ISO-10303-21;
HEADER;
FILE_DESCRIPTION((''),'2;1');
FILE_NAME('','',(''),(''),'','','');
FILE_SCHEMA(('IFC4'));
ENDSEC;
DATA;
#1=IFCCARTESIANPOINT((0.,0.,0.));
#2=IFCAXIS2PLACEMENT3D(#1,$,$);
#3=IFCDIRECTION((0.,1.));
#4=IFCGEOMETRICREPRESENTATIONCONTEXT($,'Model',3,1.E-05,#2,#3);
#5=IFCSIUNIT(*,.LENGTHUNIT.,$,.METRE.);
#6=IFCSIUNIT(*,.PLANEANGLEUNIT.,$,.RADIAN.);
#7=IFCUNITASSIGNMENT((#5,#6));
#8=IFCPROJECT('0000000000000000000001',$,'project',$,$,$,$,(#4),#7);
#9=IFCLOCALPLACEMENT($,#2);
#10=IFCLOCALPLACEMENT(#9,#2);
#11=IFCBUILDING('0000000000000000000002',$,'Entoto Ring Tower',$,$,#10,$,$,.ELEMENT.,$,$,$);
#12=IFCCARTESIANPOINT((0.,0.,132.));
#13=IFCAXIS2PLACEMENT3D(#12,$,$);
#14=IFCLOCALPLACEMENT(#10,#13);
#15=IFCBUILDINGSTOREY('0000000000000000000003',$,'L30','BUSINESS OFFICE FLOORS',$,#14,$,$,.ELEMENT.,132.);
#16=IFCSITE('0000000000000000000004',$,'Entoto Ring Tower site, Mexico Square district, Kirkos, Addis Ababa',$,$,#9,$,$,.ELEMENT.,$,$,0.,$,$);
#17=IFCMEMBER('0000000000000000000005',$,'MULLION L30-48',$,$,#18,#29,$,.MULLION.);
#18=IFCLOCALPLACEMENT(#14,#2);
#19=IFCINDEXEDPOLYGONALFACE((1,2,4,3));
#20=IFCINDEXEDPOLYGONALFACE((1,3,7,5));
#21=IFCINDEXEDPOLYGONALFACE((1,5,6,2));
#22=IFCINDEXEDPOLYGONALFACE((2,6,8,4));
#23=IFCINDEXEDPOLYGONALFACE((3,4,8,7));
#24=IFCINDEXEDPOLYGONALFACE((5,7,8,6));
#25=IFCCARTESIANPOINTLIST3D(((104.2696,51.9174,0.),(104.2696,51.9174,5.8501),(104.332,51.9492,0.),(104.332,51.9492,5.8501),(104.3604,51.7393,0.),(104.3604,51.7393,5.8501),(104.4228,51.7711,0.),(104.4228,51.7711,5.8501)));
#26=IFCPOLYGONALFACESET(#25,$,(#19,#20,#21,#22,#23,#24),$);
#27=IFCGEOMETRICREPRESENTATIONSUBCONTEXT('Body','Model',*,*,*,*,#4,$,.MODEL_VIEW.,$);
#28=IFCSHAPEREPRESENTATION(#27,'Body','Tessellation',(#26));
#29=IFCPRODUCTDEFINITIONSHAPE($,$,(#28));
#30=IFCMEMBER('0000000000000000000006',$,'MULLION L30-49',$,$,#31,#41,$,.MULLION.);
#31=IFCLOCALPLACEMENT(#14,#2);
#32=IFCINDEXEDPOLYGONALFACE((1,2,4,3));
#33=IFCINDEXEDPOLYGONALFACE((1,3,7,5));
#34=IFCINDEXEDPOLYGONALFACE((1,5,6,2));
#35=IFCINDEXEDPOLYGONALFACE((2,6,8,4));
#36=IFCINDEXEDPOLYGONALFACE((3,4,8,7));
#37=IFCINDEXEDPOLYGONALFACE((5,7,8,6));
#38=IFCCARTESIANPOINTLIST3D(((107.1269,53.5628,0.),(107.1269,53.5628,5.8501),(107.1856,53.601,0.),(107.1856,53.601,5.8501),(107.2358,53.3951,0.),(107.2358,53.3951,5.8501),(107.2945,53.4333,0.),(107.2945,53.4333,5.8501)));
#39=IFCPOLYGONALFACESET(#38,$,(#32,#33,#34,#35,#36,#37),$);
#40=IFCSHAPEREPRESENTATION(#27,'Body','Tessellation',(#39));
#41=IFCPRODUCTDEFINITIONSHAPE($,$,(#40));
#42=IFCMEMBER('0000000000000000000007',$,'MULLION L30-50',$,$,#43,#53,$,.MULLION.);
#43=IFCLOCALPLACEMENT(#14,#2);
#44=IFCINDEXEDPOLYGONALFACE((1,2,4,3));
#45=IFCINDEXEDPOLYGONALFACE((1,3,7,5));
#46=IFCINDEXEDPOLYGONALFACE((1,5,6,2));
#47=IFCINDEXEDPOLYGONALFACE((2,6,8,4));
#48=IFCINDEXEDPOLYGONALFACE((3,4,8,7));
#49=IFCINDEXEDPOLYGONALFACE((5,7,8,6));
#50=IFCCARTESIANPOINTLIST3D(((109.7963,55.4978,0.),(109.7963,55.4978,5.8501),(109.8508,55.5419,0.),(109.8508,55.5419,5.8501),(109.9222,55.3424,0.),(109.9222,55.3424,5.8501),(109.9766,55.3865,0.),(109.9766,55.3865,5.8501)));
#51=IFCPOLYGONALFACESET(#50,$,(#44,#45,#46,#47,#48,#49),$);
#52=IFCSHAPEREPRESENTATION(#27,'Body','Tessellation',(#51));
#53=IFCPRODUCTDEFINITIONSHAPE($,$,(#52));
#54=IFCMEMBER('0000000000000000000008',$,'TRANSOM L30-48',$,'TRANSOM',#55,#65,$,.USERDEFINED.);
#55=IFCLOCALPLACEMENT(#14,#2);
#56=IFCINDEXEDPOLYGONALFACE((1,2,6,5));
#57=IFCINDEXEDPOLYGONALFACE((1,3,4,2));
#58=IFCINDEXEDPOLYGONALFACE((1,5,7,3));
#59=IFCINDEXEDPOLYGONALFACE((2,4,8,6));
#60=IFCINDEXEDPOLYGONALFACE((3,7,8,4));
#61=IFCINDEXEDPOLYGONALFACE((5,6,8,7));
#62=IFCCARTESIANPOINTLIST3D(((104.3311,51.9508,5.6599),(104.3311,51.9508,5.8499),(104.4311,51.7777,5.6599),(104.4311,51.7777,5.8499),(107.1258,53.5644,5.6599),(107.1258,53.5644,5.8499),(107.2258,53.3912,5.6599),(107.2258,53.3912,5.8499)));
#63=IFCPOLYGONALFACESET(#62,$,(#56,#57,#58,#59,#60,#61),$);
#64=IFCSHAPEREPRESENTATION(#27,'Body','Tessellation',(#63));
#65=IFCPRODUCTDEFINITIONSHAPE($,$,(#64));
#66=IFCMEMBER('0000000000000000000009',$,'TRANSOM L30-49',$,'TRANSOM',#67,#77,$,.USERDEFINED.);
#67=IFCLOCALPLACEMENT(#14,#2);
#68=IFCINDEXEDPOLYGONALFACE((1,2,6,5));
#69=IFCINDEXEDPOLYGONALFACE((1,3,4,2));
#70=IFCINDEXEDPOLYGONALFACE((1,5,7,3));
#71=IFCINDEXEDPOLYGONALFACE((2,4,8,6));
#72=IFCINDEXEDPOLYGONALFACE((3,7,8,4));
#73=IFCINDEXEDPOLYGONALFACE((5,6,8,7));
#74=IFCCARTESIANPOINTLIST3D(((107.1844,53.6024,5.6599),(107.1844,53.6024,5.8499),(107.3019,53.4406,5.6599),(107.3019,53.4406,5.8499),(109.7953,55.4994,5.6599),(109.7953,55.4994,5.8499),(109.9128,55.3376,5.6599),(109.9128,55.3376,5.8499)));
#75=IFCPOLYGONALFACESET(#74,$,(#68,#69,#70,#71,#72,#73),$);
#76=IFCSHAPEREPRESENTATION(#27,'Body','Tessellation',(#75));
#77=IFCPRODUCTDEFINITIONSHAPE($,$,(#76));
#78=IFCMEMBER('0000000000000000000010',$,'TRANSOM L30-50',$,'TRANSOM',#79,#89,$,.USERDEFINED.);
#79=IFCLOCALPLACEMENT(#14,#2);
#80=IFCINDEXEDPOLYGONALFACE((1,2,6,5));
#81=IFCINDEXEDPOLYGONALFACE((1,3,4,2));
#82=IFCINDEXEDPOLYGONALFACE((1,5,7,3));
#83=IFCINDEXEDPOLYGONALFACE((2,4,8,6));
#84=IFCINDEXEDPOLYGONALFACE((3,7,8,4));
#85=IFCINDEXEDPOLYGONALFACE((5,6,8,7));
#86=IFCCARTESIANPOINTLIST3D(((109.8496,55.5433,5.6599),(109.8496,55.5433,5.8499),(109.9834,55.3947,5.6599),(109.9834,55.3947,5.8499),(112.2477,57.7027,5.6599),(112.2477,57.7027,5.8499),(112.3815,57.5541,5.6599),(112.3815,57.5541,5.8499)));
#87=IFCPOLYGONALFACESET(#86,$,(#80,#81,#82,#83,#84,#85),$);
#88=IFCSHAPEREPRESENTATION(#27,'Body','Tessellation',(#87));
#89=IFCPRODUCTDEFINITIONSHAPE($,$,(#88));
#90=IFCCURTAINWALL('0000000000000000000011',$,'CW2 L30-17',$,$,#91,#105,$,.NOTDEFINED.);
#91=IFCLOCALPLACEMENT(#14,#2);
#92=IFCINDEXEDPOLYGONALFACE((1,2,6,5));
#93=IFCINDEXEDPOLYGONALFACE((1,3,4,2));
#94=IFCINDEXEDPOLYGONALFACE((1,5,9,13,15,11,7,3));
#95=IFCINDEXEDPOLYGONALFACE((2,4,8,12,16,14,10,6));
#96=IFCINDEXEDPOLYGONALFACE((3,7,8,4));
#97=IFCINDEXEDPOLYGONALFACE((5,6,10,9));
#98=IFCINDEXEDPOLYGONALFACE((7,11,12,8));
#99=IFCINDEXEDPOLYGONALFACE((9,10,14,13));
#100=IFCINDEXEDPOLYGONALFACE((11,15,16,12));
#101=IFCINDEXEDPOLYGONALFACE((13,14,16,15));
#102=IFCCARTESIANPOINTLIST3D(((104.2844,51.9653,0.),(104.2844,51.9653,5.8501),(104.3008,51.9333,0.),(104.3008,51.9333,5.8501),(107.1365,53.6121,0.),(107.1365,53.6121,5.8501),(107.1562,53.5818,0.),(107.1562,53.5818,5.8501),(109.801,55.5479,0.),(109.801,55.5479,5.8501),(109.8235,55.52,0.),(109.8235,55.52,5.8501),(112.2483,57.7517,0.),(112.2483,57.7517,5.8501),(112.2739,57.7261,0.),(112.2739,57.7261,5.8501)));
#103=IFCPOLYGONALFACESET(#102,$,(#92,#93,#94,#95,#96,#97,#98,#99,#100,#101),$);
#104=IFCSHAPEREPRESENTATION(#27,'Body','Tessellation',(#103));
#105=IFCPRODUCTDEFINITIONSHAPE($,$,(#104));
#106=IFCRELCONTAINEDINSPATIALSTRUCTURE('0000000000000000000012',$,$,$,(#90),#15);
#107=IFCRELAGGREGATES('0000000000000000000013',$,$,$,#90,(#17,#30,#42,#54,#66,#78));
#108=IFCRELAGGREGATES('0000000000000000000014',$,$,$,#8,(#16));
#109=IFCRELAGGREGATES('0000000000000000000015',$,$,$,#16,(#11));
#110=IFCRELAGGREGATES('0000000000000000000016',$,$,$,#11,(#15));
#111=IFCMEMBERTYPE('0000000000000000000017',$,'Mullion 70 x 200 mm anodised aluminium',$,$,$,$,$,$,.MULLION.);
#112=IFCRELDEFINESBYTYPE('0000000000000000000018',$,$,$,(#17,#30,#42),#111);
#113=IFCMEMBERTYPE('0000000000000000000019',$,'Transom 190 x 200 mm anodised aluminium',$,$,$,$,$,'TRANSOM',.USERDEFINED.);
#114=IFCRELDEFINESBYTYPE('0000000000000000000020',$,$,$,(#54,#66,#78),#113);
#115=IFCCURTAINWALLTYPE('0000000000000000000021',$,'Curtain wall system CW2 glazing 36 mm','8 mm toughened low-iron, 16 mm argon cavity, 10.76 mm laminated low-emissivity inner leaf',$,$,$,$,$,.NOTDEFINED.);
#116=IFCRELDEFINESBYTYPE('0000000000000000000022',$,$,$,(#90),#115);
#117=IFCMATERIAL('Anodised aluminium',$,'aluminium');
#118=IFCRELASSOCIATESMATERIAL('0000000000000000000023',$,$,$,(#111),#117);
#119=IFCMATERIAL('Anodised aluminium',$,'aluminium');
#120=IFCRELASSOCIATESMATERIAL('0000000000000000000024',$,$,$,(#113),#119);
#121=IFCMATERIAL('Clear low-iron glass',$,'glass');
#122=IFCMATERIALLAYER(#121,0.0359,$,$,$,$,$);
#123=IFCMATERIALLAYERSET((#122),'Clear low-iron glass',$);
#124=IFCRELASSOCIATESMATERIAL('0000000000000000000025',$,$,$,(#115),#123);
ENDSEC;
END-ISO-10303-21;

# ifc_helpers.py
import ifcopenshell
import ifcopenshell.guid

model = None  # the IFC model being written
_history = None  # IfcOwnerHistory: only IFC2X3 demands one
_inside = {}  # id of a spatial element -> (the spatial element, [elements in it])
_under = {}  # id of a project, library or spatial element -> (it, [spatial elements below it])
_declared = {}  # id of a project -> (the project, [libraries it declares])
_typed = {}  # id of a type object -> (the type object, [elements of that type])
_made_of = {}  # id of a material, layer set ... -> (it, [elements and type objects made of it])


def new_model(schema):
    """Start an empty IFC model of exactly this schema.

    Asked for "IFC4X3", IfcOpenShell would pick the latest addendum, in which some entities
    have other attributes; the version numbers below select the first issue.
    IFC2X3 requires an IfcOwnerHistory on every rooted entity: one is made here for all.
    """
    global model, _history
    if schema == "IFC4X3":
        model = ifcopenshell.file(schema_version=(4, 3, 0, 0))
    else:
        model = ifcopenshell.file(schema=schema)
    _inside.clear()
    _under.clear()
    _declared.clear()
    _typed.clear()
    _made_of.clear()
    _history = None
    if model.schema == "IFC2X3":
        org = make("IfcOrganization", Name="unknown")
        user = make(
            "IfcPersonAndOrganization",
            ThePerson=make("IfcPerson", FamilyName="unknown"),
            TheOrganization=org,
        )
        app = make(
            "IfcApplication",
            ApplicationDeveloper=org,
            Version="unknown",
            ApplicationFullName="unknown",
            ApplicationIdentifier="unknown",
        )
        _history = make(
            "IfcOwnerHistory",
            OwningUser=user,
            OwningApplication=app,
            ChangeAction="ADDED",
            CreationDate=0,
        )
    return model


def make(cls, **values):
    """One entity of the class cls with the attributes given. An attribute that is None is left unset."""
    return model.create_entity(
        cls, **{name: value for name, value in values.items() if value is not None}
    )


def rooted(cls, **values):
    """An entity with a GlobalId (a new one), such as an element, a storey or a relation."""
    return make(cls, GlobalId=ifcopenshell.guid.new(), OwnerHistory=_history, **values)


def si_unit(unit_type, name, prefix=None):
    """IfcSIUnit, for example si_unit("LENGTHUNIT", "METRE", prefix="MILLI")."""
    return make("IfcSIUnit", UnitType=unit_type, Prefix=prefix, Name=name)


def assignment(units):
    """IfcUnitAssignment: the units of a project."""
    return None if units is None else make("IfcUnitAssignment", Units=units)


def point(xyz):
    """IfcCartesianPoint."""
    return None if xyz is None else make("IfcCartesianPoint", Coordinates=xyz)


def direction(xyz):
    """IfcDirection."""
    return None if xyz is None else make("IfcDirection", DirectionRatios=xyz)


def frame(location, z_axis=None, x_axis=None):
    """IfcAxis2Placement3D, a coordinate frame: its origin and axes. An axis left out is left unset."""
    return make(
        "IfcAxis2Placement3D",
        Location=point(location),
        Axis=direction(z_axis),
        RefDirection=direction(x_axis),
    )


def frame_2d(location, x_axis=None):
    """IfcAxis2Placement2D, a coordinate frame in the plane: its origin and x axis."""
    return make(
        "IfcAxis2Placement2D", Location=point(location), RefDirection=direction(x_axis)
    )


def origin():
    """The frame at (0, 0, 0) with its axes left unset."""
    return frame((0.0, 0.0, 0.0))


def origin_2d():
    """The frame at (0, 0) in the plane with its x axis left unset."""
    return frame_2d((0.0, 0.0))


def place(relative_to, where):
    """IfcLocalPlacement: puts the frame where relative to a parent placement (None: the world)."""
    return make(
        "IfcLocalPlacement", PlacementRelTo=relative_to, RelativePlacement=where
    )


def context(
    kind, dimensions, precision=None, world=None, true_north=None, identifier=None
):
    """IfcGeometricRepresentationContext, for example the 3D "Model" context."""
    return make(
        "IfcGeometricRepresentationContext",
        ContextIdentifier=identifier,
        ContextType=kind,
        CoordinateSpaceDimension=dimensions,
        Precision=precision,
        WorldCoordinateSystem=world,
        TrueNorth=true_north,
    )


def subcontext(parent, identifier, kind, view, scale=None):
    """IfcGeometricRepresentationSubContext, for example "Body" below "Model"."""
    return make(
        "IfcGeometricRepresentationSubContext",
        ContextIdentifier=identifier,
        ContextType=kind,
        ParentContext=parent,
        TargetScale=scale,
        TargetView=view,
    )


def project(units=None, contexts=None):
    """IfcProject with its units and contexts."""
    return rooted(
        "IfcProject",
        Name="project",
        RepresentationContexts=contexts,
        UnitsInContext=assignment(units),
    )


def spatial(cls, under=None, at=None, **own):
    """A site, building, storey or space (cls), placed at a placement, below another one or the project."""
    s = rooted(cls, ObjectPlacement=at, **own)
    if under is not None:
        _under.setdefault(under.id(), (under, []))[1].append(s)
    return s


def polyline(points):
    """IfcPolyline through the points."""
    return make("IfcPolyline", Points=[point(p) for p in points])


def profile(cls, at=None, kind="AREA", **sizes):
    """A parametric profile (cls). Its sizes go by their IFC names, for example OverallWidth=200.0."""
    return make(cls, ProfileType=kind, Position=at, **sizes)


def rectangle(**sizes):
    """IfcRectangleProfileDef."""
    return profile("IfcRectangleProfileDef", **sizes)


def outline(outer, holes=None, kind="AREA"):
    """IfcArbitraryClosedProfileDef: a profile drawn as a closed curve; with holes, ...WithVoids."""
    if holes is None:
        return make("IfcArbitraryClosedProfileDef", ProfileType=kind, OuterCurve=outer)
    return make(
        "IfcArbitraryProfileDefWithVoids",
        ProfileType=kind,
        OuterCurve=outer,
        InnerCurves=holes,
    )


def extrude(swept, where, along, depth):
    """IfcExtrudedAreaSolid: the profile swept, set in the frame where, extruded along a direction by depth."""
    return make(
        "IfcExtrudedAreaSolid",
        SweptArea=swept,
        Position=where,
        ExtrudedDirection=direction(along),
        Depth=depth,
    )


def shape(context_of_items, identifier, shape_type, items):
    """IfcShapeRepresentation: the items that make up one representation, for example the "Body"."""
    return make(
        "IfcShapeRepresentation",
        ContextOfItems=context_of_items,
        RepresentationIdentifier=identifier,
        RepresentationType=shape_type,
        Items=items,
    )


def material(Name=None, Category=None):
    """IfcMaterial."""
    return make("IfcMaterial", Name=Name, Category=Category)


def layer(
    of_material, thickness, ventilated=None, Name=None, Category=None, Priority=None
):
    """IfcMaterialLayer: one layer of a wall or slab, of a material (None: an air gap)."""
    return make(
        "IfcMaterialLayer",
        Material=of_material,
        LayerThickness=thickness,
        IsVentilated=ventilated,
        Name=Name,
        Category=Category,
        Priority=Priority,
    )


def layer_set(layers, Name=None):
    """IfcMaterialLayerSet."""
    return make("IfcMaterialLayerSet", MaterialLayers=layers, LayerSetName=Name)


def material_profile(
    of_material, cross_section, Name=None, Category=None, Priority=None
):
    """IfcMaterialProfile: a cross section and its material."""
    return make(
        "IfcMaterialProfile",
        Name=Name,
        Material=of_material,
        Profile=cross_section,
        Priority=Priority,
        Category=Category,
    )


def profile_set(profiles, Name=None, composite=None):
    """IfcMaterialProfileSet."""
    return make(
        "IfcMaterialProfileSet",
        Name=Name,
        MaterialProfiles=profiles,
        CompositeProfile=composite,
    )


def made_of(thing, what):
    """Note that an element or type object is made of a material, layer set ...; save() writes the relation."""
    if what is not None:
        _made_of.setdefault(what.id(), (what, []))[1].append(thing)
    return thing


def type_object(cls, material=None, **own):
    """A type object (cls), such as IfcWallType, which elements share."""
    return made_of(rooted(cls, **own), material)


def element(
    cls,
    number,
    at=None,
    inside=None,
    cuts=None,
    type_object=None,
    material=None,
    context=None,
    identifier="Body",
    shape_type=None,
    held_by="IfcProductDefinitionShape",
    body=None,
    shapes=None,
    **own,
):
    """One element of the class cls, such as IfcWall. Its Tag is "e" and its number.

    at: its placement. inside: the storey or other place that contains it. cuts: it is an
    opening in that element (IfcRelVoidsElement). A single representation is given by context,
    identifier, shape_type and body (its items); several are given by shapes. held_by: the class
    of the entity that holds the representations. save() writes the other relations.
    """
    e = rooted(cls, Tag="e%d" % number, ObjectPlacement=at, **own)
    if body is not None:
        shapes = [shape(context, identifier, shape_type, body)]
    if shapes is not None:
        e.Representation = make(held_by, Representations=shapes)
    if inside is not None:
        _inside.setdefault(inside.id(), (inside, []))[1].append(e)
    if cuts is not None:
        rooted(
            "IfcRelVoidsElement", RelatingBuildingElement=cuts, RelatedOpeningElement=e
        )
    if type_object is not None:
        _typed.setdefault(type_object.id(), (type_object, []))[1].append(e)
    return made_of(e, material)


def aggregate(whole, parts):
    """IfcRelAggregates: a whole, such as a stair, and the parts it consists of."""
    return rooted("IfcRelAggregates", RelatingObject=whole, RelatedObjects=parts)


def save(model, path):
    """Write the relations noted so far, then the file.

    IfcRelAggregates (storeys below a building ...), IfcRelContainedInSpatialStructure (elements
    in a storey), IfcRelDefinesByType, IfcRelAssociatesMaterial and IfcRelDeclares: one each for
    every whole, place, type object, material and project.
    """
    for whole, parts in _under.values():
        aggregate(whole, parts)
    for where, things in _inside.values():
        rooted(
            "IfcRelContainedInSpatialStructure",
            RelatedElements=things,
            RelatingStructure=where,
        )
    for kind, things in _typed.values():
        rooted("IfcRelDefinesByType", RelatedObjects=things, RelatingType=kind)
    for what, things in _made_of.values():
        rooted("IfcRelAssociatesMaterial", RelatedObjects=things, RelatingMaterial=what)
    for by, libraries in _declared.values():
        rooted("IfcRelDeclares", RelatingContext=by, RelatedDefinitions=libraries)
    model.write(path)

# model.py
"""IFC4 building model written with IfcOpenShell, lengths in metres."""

from ifc_helpers import new_model, si_unit, direction, frame, origin, origin_2d, place, context, subcontext, project, spatial, polyline, rectangle, outline, extrude, material, layer, layer_set, material_profile, profile_set, type_object, element, aggregate, save


model = new_model("IFC4")

# Units and contexts
model_context = context("Model", 3, precision=1e-05, world=origin(), true_north=direction((0.0, 1.0)))
body_context = subcontext(model_context, "Body", "Model", "MODEL_VIEW")
ifc_project = project(units=[si_unit("LENGTHUNIT", "METRE"), si_unit("PLANEANGLEUNIT", "RADIAN")], contexts=[model_context])

# Members
ifc_material_1 = material(Name="Anodised aluminium", Category="aluminium")
ifc_material_profile_1 = material_profile(ifc_material_1, rectangle(XDim=0.0701, YDim=0.2, at=origin_2d()), Name="Mullion 70 x 200 mm anodised aluminium")
ifc_profile_set_1 = profile_set([ifc_material_profile_1], Name="Anodised aluminium")
member_type_1 = type_object("IfcMemberType", Name="Mullion 70 x 200 mm anodised aluminium", PredefinedType="MULLION", material=ifc_profile_set_1)
site_placement = place(None, origin())
building_placement = place(site_placement, origin())
storey_placement = place(building_placement, frame((0.0, 0.0, 132.0)))
member_1_placement = place(storey_placement, frame((104.3462, 51.8442, 0.0), z_axis=(0.0, 0.0, 1.0), x_axis=(0.891007, 0.45399, 0.0)))
member_1 = element("IfcMember", 1, at=member_1_placement, type_object=member_type_1, Name="MULLION L30-48", PredefinedType="MULLION", context=body_context, shape_type="SweptSolid", body=[
    extrude(rectangle(XDim=0.0701, YDim=0.2, at=origin_2d()), origin(), (0.0, 0.0, 1.0), 5.8501),
])
member_2_placement = place(storey_placement, frame((107.2107, 53.498, 0.0), z_axis=(0.0, 0.0, 1.0), x_axis=(0.838671, 0.544639, 0.0)))
member_2 = element("IfcMember", 2, at=member_2_placement, type_object=member_type_1, Name="MULLION L30-49", PredefinedType="MULLION", context=body_context, shape_type="SweptSolid", body=[
    extrude(rectangle(XDim=0.0701, YDim=0.2, at=origin_2d()), origin(), (0.0, 0.0, 1.0), 5.8501),
])
member_3_placement = place(storey_placement, frame((109.8865, 55.4421, 0.0), z_axis=(0.0, 0.0, 1.0), x_axis=(0.777146, 0.62932, 0.0)))
member_3 = element("IfcMember", 3, at=member_3_placement, type_object=member_type_1, Name="MULLION L30-50", PredefinedType="MULLION", context=body_context, shape_type="SweptSolid", body=[
    extrude(rectangle(XDim=0.0701, YDim=0.2, at=origin_2d()), origin(), (0.0, 0.0, 1.0), 5.8501),
])
ifc_material_2 = material(Name="Anodised aluminium", Category="aluminium")
ifc_material_profile_2 = material_profile(ifc_material_2, rectangle(XDim=0.2, YDim=0.1899, at=origin_2d()), Name="Transom 190 x 200 mm anodised aluminium")
ifc_profile_set_2 = profile_set([ifc_material_profile_2], Name="Anodised aluminium")
member_type_2 = type_object("IfcMemberType", Name="Transom 190 x 200 mm anodised aluminium", ElementType="TRANSOM", PredefinedType="USERDEFINED", material=ifc_profile_set_2)
member_4_placement = place(storey_placement, frame((104.3811, 51.8643, 5.7549), z_axis=(0.866023, 0.500004, 0.0), x_axis=(-0.500004, 0.866023, 0.0)))
member_4 = element("IfcMember", 4, at=member_4_placement, type_object=member_type_2, Name="TRANSOM L30-48", ObjectType="TRANSOM", PredefinedType="USERDEFINED", context=body_context, shape_type="SweptSolid", body=[
    extrude(rectangle(XDim=0.2, YDim=0.1899, at=origin_2d()), origin(), (0.0, 0.0, 1.0), 3.2271),
])
member_5_placement = place(storey_placement, frame((107.2432, 53.5215, 5.7549), z_axis=(0.809004, 0.587803, 0.0), x_axis=(-0.587803, 0.809004, 0.0)))
member_5 = element("IfcMember", 5, at=member_5_placement, type_object=member_type_2, Name="TRANSOM L30-49", ObjectType="TRANSOM", PredefinedType="USERDEFINED", context=body_context, shape_type="SweptSolid", body=[
    extrude(rectangle(XDim=0.2, YDim=0.1899, at=origin_2d()), origin(), (0.0, 0.0, 1.0), 3.2273),
])
member_6_placement = place(storey_placement, frame((109.9165, 55.469, 5.7549), z_axis=(0.743132, 0.669144, 0.0), x_axis=(-0.669144, 0.743132, 0.0)))
member_6 = element("IfcMember", 6, at=member_6_placement, type_object=member_type_2, Name="TRANSOM L30-50", ObjectType="TRANSOM", PredefinedType="USERDEFINED", context=body_context, shape_type="SweptSolid", body=[
    extrude(rectangle(XDim=0.2, YDim=0.1899, at=origin_2d()), origin(), (0.0, 0.0, 1.0), 3.2271),
])

# Site, building, storey
site = spatial("IfcSite", under=ifc_project, at=site_placement, Name="Entoto Ring Tower site, Mexico Square district, Kirkos, Addis Ababa", CompositionType="ELEMENT", RefElevation=0.0)
building = spatial("IfcBuilding", under=site, at=building_placement, Name="Entoto Ring Tower", CompositionType="ELEMENT")
storey = spatial("IfcBuildingStorey", under=building, at=storey_placement, Name="L30", Description="BUSINESS OFFICE FLOORS", CompositionType="ELEMENT", Elevation=132.0)

# Curtain wall
ifc_material_3 = material(Name="Clear low-iron glass", Category="glass")
ifc_layer_1 = layer(ifc_material_3, 0.0359)
ifc_layer_set_1 = layer_set([ifc_layer_1], Name="Clear low-iron glass")
curtain_wall_type = type_object("IfcCurtainWallType", Name="Curtain wall system CW2 glazing 36 mm", Description="8 mm toughened low-iron, 16 mm argon cavity, 10.76 mm laminated low-emissivity inner leaf", PredefinedType="NOTDEFINED", material=ifc_layer_set_1)
curtain_wall_1_placement = place(storey_placement, origin())
curtain_wall_1 = element("IfcCurtainWall", 7, at=curtain_wall_1_placement, inside=storey, type_object=curtain_wall_type, Name="CW2 L30-17", PredefinedType="NOTDEFINED", context=body_context, shape_type="SweptSolid", body=[
    extrude(outline(polyline([(104.3008, 51.9333), (107.1562, 53.5818), (109.8235, 55.52), (112.2739, 57.7261), (112.2483, 57.7517), (109.801, 55.5479), (107.1365, 53.6121), (104.2844, 51.9653), (104.3008, 51.9333)])), origin(), (0.0, 0.0, 1.0), 5.8501),
])
aggregate(curtain_wall_1, [member_1, member_2, member_3, member_4, member_5, member_6])

save(model, "model.ifc")
